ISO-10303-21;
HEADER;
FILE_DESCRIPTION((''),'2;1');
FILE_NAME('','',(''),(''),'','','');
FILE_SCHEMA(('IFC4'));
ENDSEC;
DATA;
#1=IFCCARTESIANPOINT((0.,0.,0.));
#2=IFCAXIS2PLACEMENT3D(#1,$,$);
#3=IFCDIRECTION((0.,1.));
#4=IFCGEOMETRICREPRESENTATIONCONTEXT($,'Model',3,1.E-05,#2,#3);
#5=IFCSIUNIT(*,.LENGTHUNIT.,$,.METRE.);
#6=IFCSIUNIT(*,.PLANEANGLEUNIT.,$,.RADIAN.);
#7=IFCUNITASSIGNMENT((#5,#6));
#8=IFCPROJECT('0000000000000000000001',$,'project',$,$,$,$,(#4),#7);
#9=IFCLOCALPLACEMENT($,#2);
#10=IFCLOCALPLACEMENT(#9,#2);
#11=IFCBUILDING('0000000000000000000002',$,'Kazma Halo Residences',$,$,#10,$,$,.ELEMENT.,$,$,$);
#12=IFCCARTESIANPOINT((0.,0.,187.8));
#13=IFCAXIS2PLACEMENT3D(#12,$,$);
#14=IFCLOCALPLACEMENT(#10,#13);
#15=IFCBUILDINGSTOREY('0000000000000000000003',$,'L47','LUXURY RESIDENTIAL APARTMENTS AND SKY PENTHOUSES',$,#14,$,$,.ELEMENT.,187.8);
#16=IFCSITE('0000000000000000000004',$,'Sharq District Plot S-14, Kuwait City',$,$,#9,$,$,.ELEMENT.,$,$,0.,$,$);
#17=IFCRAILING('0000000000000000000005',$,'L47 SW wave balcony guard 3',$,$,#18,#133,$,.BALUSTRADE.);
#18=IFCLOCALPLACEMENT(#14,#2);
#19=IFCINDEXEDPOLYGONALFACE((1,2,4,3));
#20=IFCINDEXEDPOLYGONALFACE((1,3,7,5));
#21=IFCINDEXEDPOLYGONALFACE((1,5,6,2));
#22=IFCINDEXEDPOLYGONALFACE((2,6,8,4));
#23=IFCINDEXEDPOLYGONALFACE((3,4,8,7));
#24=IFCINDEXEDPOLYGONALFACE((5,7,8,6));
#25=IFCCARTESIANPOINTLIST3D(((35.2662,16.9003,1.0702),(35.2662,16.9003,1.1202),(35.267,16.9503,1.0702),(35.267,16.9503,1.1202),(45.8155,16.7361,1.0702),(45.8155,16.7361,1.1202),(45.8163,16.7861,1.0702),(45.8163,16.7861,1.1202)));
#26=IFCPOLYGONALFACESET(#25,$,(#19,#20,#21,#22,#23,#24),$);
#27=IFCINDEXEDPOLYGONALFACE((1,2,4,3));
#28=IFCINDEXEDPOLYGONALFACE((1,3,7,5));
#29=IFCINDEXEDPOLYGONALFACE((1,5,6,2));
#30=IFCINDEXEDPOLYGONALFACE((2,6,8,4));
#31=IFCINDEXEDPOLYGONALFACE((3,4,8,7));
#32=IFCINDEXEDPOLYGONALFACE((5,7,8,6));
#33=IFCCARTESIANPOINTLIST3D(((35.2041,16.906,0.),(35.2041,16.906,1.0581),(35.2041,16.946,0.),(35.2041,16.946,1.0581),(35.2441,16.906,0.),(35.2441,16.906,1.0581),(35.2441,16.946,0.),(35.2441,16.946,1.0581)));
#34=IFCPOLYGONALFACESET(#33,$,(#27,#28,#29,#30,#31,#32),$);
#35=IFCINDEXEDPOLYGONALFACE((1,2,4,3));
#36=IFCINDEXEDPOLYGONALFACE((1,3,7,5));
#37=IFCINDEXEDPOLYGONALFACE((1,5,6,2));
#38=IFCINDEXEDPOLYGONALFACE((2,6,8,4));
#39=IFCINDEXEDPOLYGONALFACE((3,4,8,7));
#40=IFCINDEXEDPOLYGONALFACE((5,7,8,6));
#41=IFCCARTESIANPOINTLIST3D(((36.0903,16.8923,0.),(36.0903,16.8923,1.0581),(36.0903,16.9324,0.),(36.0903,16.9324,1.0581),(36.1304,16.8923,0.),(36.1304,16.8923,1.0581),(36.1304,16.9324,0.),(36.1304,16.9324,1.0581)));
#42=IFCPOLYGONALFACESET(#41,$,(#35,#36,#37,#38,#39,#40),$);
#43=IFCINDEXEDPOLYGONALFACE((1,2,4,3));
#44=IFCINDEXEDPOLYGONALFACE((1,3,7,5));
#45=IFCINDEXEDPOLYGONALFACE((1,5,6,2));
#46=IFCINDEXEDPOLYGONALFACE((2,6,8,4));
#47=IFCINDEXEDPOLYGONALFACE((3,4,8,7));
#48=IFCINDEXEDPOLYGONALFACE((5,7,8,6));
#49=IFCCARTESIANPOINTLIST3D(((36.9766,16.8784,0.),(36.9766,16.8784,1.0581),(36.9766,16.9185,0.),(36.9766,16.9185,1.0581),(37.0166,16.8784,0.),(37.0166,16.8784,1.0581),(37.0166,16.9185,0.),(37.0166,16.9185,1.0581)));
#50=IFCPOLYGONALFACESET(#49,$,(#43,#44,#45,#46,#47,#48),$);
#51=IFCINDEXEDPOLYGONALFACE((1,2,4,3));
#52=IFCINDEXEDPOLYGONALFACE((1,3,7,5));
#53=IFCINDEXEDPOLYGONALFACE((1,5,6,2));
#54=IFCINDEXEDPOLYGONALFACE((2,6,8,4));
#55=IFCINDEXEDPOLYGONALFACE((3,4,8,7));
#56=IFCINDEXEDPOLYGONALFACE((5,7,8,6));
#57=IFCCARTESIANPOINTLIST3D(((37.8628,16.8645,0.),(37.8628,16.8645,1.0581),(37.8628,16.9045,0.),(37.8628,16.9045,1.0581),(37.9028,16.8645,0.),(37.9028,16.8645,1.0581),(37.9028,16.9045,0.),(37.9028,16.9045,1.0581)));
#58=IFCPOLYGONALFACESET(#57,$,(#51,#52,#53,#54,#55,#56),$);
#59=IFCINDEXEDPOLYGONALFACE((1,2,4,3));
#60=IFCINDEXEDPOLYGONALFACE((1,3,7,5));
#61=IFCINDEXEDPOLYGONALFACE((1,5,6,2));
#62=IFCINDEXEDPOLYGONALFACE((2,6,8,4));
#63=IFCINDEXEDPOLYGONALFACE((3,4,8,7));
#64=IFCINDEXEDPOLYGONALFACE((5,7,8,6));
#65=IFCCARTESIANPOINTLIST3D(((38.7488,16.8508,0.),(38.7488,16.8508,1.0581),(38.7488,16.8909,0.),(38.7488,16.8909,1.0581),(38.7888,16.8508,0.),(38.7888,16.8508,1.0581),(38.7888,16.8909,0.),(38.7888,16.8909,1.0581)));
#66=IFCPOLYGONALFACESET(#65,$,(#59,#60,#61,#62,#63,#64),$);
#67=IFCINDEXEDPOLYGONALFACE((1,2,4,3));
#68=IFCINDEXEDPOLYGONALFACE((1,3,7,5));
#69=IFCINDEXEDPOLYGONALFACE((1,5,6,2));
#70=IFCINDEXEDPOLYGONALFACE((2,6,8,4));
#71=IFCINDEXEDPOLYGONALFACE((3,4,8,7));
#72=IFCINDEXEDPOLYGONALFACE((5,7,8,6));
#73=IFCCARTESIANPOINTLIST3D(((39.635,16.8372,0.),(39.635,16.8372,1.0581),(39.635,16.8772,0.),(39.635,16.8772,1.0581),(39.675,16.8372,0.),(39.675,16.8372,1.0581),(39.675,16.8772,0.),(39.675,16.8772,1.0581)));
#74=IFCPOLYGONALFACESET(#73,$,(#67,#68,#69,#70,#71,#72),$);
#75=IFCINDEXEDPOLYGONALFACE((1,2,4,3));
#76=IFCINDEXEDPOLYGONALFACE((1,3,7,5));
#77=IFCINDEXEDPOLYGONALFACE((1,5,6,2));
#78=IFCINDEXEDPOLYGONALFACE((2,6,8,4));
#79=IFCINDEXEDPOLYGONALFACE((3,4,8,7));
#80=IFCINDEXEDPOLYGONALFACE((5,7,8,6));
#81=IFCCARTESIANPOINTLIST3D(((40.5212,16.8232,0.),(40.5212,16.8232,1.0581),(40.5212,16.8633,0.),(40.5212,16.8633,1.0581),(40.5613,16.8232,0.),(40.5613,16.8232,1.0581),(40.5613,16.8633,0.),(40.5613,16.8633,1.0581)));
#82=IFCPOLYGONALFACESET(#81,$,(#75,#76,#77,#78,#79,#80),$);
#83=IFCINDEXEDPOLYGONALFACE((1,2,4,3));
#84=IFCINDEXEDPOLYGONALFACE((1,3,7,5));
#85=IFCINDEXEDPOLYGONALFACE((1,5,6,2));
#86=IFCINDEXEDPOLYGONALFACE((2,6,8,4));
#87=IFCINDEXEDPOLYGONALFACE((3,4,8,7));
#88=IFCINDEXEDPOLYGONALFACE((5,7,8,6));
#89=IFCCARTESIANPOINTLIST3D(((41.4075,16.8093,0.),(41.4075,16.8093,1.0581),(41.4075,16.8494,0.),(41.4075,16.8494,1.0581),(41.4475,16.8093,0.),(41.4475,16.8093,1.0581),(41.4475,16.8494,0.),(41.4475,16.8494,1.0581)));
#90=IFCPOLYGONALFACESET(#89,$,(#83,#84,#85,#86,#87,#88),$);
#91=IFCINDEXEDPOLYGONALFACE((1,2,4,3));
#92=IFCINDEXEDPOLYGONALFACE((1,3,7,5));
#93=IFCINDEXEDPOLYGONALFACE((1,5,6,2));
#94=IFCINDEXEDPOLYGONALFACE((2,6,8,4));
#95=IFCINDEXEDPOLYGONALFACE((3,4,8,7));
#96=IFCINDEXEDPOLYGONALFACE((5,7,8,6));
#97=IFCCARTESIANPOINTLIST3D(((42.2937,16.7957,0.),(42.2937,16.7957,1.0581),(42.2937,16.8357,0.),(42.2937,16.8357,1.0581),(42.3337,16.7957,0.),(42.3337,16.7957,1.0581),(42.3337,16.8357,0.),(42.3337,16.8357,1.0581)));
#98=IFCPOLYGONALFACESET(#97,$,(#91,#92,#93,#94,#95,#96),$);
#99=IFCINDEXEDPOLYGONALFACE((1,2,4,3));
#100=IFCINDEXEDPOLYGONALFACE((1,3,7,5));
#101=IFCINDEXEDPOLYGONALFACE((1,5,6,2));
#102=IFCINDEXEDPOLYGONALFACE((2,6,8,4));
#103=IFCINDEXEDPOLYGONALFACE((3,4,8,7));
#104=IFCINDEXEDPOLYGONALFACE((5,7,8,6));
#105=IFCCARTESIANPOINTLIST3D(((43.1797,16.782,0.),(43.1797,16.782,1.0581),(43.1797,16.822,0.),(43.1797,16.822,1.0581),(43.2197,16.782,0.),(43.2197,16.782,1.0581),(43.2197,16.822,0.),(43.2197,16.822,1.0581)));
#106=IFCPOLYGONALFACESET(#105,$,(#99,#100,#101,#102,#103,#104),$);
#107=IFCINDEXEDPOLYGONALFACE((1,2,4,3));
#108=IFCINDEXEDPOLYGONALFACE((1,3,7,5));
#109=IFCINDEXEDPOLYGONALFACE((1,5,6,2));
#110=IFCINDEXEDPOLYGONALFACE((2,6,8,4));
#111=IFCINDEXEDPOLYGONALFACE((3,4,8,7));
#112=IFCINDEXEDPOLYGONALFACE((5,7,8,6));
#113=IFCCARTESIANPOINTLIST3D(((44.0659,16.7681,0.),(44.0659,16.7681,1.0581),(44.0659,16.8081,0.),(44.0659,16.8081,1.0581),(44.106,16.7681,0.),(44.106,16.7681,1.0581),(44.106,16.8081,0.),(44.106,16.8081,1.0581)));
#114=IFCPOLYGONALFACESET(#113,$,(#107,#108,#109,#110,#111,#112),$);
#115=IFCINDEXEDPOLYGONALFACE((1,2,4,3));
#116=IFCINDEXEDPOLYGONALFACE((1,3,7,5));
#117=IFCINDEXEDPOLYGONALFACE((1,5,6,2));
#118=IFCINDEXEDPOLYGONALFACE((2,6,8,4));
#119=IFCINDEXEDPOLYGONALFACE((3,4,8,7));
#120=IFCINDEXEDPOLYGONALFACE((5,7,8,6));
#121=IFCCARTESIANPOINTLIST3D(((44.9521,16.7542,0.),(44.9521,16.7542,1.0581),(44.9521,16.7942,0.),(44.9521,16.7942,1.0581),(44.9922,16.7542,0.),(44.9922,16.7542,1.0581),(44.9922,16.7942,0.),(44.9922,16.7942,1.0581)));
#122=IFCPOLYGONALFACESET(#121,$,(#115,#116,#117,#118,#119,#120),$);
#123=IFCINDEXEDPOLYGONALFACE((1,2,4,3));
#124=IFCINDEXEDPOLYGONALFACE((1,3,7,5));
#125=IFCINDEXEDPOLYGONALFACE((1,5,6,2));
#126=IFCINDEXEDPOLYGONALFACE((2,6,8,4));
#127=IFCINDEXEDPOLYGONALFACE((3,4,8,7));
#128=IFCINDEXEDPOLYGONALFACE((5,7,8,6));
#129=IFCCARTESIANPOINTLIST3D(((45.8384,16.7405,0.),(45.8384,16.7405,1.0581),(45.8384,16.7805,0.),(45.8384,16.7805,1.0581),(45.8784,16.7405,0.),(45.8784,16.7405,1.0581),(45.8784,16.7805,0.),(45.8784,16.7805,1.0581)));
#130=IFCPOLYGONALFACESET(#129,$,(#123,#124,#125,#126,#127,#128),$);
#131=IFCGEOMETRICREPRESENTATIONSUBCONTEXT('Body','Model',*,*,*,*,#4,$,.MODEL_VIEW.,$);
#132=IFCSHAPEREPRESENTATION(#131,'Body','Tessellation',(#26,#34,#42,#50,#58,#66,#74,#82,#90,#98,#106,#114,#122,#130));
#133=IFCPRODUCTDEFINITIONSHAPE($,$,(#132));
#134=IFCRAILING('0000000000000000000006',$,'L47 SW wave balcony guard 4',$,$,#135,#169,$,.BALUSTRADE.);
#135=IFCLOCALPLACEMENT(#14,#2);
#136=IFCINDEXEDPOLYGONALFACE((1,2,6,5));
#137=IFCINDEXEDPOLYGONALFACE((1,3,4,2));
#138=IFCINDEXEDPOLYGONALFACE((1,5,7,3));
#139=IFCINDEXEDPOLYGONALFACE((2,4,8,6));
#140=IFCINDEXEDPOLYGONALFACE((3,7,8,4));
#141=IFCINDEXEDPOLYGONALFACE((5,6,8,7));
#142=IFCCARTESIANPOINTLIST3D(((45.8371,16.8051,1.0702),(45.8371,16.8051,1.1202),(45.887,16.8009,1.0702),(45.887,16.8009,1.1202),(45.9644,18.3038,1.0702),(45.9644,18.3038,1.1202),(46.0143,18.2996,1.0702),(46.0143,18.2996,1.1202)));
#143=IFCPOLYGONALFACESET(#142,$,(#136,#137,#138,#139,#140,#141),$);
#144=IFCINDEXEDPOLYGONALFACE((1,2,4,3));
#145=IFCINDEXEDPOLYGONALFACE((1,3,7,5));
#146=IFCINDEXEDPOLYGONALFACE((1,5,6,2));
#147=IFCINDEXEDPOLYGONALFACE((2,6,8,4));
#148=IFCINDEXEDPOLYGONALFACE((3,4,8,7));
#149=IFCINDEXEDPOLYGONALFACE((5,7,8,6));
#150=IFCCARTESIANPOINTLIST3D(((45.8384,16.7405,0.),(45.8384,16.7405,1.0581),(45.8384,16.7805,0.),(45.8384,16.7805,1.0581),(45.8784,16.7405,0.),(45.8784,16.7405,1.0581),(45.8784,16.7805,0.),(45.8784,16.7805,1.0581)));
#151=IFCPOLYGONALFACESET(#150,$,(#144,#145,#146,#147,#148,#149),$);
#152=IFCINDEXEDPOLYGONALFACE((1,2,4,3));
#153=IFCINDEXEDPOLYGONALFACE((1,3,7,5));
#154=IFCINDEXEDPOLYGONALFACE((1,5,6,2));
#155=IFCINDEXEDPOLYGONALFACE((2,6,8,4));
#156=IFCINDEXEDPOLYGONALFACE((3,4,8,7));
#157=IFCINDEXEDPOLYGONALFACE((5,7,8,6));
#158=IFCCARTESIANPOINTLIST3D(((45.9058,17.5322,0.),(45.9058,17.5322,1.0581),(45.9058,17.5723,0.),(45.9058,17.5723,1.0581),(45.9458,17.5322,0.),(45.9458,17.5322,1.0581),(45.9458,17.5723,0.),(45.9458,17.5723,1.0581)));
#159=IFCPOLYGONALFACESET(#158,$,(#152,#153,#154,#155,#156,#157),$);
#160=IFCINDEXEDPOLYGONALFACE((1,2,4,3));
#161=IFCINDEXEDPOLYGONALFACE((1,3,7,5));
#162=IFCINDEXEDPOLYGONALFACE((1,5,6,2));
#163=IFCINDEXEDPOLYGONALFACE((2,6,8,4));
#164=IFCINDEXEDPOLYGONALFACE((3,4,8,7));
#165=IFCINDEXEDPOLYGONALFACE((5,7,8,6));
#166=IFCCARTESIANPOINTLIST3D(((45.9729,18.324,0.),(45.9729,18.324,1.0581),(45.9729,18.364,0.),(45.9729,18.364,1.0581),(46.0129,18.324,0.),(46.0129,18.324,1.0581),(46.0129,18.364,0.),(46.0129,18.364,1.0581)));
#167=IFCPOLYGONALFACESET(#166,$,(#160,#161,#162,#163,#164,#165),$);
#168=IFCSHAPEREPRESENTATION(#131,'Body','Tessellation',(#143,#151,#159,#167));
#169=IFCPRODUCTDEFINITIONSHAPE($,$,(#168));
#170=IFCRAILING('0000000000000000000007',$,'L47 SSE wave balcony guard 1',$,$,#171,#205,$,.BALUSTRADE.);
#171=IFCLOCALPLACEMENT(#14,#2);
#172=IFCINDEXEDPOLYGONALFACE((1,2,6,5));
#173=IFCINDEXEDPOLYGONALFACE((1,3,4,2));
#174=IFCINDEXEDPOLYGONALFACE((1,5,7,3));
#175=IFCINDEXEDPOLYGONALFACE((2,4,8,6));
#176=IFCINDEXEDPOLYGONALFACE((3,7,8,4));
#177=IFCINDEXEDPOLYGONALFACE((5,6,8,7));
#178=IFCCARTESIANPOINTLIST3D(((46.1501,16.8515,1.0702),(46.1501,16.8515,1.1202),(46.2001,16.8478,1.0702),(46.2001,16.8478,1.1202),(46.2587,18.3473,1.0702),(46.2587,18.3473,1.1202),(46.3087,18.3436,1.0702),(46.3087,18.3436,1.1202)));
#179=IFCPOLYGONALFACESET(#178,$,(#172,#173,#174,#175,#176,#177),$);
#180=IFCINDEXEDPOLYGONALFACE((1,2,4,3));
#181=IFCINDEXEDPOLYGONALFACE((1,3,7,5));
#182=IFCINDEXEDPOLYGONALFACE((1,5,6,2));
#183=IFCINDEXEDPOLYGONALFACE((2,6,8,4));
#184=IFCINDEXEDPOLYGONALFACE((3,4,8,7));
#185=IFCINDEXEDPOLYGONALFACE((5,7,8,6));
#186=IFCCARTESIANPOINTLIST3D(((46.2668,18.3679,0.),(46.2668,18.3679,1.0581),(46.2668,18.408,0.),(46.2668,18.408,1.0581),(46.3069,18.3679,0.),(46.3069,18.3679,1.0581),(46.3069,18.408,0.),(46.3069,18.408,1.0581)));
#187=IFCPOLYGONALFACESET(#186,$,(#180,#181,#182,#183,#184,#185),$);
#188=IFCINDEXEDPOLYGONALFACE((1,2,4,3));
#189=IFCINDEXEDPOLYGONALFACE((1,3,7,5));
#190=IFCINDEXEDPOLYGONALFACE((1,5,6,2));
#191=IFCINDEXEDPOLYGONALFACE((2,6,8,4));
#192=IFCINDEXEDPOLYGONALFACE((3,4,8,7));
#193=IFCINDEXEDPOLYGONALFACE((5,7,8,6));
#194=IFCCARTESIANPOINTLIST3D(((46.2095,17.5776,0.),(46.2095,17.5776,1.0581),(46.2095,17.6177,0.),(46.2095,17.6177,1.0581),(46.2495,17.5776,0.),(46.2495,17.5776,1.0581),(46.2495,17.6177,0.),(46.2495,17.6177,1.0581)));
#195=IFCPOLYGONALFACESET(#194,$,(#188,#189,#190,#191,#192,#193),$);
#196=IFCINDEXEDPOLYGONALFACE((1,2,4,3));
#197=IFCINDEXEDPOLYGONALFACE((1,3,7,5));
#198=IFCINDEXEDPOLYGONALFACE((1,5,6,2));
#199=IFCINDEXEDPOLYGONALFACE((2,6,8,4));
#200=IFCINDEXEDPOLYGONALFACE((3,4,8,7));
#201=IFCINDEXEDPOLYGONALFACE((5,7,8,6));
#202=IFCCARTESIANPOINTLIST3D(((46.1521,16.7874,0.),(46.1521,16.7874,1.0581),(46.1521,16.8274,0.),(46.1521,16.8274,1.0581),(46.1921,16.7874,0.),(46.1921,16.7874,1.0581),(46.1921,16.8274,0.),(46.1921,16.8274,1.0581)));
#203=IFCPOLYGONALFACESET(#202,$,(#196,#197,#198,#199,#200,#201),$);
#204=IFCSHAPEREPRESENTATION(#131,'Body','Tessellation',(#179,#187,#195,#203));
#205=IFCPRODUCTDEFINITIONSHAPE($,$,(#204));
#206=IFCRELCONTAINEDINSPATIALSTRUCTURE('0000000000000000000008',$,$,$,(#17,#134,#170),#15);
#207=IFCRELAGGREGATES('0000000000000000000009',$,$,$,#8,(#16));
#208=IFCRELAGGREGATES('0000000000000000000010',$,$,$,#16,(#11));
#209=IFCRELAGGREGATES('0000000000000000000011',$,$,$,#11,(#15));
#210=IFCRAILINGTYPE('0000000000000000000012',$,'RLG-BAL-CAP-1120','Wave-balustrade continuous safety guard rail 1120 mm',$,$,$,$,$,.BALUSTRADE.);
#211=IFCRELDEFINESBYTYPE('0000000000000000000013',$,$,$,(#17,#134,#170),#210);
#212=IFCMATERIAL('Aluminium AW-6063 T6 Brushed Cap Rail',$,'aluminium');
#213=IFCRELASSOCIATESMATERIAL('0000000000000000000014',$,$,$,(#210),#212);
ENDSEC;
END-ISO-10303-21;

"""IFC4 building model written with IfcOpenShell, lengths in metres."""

from ifc_helpers import new_model, si_unit, direction, frame, origin, origin_2d, place, context, subcontext, project, spatial, rectangle, extrude, material, type_object, element, save


model = new_model("IFC4")

# Units and contexts
model_context = context("Model", 3, precision=1e-05, world=origin(), true_north=direction((0.0, 1.0)))
body_context = subcontext(model_context, "Body", "Model", "MODEL_VIEW")
ifc_project = project(units=[si_unit("LENGTHUNIT", "METRE"), si_unit("PLANEANGLEUNIT", "RADIAN")], contexts=[model_context])

# Site, building, storey
site_placement = place(None, origin())
site = spatial("IfcSite", under=ifc_project, at=site_placement, Name="Sharq District Plot S-14, Kuwait City", CompositionType="ELEMENT", RefElevation=0.0)
building_placement = place(site_placement, origin())
building = spatial("IfcBuilding", under=site, at=building_placement, Name="Kazma Halo Residences", CompositionType="ELEMENT")
storey_placement = place(building_placement, frame((0.0, 0.0, 187.8)))
storey = spatial("IfcBuildingStorey", under=building, at=storey_placement, Name="L47", Description="LUXURY RESIDENTIAL APARTMENTS AND SKY PENTHOUSES", CompositionType="ELEMENT", Elevation=187.8)

# Railings
ifc_material_1 = material(Name="Aluminium AW-6063 T6 Brushed Cap Rail", Category="aluminium")
railing_type = type_object("IfcRailingType", Name="RLG-BAL-CAP-1120", Description="Wave-balustrade continuous safety guard rail 1120 mm", PredefinedType="BALUSTRADE", material=ifc_material_1)
railing_1_placement = place(storey_placement, frame((35.2241, 16.926, 0.0)))
element("IfcRailing", 1, at=railing_1_placement, inside=storey, type_object=railing_type, Name="L47 SW wave balcony guard 3", PredefinedType="BALUSTRADE", context=body_context, shape_type="SweptSolid", body=[
    extrude(rectangle(XDim=0.05, YDim=0.05, at=origin_2d()), frame((0.0425, -0.0007, 1.0952), z_axis=(0.999879, -0.015564, 0.0), x_axis=(0.015564, 0.999879, 0.0)), (0.0, 0.0, 1.0), 10.5505),
    extrude(rectangle(XDim=0.04, YDim=0.04, at=origin_2d()), origin(), (0.0, 0.0, 1.0), 1.0581),
    extrude(rectangle(XDim=0.04, YDim=0.04, at=origin_2d()), frame((0.8862, -0.0137, 0.0)), (0.0, 0.0, 1.0), 1.0581),
    extrude(rectangle(XDim=0.04, YDim=0.04, at=origin_2d()), frame((1.7725, -0.0276, 0.0)), (0.0, 0.0, 1.0), 1.0581),
    extrude(rectangle(XDim=0.04, YDim=0.04, at=origin_2d()), frame((2.6587, -0.0415, 0.0)), (0.0, 0.0, 1.0), 1.0581),
    extrude(rectangle(XDim=0.04, YDim=0.04, at=origin_2d()), frame((3.5447, -0.0552, 0.0)), (0.0, 0.0, 1.0), 1.0581),
    extrude(rectangle(XDim=0.04, YDim=0.04, at=origin_2d()), frame((4.4309, -0.0688, 0.0)), (0.0, 0.0, 1.0), 1.0581),
    extrude(rectangle(XDim=0.04, YDim=0.04, at=origin_2d()), frame((5.3171, -0.0828, 0.0)), (0.0, 0.0, 1.0), 1.0581),
    extrude(rectangle(XDim=0.04, YDim=0.04, at=origin_2d()), frame((6.2034, -0.0967, 0.0)), (0.0, 0.0, 1.0), 1.0581),
    extrude(rectangle(XDim=0.04, YDim=0.04, at=origin_2d()), frame((7.0896, -0.1104, 0.0)), (0.0, 0.0, 1.0), 1.0581),
    extrude(rectangle(XDim=0.04, YDim=0.04, at=origin_2d()), frame((7.9756, -0.124, 0.0)), (0.0, 0.0, 1.0), 1.0581),
    extrude(rectangle(XDim=0.04, YDim=0.04, at=origin_2d()), frame((8.8618, -0.1379, 0.0)), (0.0, 0.0, 1.0), 1.0581),
    extrude(rectangle(XDim=0.04, YDim=0.04, at=origin_2d()), frame((9.748, -0.1519, 0.0)), (0.0, 0.0, 1.0), 1.0581),
    extrude(rectangle(XDim=0.04, YDim=0.04, at=origin_2d()), frame((10.6343, -0.1655, 0.0)), (0.0, 0.0, 1.0), 1.0581),
])
railing_2_placement = place(storey_placement, frame((45.8584, 16.7605, 0.0)))
element("IfcRailing", 2, at=railing_2_placement, inside=storey, type_object=railing_type, Name="L47 SW wave balcony guard 4", PredefinedType="BALUSTRADE", context=body_context, shape_type="SweptSolid", body=[
    extrude(rectangle(XDim=0.05, YDim=0.05, at=origin_2d()), frame((0.0037, 0.0425, 1.0952), z_axis=(0.084647, 0.996411, 0.0), x_axis=(-0.996411, 0.084647, 0.0)), (0.0, 0.0, 1.0), 1.5042),
    extrude(rectangle(XDim=0.04, YDim=0.04, at=origin_2d()), origin(), (0.0, 0.0, 1.0), 1.0581),
    extrude(rectangle(XDim=0.04, YDim=0.04, at=origin_2d()), frame((0.0674, 0.7917, 0.0)), (0.0, 0.0, 1.0), 1.0581),
    extrude(rectangle(XDim=0.04, YDim=0.04, at=origin_2d()), frame((0.1345, 1.5835, 0.0)), (0.0, 0.0, 1.0), 1.0581),
])
railing_3_placement = place(storey_placement, frame((46.2869, 18.3879, 0.0)))
element("IfcRailing", 3, at=railing_3_placement, inside=storey, type_object=railing_type, Name="L47 SSE wave balcony guard 1", PredefinedType="BALUSTRADE", context=body_context, shape_type="SweptSolid", body=[
    extrude(rectangle(XDim=0.05, YDim=0.05, at=origin_2d()), frame((-0.0032, -0.0425, 1.0952), z_axis=(-0.072408, -0.997375, 0.0), x_axis=(0.997375, -0.072408, 0.0)), (0.0, 0.0, 1.0), 1.4998),
    extrude(rectangle(XDim=0.04, YDim=0.04, at=origin_2d()), origin(), (0.0, 0.0, 1.0), 1.0581),
    extrude(rectangle(XDim=0.04, YDim=0.04, at=origin_2d()), frame((-0.0574, -0.7903, 0.0)), (0.0, 0.0, 1.0), 1.0581),
    extrude(rectangle(XDim=0.04, YDim=0.04, at=origin_2d()), frame((-0.1147, -1.5806, 0.0)), (0.0, 0.0, 1.0), 1.0581),
])

save(model, "model.ifc")
